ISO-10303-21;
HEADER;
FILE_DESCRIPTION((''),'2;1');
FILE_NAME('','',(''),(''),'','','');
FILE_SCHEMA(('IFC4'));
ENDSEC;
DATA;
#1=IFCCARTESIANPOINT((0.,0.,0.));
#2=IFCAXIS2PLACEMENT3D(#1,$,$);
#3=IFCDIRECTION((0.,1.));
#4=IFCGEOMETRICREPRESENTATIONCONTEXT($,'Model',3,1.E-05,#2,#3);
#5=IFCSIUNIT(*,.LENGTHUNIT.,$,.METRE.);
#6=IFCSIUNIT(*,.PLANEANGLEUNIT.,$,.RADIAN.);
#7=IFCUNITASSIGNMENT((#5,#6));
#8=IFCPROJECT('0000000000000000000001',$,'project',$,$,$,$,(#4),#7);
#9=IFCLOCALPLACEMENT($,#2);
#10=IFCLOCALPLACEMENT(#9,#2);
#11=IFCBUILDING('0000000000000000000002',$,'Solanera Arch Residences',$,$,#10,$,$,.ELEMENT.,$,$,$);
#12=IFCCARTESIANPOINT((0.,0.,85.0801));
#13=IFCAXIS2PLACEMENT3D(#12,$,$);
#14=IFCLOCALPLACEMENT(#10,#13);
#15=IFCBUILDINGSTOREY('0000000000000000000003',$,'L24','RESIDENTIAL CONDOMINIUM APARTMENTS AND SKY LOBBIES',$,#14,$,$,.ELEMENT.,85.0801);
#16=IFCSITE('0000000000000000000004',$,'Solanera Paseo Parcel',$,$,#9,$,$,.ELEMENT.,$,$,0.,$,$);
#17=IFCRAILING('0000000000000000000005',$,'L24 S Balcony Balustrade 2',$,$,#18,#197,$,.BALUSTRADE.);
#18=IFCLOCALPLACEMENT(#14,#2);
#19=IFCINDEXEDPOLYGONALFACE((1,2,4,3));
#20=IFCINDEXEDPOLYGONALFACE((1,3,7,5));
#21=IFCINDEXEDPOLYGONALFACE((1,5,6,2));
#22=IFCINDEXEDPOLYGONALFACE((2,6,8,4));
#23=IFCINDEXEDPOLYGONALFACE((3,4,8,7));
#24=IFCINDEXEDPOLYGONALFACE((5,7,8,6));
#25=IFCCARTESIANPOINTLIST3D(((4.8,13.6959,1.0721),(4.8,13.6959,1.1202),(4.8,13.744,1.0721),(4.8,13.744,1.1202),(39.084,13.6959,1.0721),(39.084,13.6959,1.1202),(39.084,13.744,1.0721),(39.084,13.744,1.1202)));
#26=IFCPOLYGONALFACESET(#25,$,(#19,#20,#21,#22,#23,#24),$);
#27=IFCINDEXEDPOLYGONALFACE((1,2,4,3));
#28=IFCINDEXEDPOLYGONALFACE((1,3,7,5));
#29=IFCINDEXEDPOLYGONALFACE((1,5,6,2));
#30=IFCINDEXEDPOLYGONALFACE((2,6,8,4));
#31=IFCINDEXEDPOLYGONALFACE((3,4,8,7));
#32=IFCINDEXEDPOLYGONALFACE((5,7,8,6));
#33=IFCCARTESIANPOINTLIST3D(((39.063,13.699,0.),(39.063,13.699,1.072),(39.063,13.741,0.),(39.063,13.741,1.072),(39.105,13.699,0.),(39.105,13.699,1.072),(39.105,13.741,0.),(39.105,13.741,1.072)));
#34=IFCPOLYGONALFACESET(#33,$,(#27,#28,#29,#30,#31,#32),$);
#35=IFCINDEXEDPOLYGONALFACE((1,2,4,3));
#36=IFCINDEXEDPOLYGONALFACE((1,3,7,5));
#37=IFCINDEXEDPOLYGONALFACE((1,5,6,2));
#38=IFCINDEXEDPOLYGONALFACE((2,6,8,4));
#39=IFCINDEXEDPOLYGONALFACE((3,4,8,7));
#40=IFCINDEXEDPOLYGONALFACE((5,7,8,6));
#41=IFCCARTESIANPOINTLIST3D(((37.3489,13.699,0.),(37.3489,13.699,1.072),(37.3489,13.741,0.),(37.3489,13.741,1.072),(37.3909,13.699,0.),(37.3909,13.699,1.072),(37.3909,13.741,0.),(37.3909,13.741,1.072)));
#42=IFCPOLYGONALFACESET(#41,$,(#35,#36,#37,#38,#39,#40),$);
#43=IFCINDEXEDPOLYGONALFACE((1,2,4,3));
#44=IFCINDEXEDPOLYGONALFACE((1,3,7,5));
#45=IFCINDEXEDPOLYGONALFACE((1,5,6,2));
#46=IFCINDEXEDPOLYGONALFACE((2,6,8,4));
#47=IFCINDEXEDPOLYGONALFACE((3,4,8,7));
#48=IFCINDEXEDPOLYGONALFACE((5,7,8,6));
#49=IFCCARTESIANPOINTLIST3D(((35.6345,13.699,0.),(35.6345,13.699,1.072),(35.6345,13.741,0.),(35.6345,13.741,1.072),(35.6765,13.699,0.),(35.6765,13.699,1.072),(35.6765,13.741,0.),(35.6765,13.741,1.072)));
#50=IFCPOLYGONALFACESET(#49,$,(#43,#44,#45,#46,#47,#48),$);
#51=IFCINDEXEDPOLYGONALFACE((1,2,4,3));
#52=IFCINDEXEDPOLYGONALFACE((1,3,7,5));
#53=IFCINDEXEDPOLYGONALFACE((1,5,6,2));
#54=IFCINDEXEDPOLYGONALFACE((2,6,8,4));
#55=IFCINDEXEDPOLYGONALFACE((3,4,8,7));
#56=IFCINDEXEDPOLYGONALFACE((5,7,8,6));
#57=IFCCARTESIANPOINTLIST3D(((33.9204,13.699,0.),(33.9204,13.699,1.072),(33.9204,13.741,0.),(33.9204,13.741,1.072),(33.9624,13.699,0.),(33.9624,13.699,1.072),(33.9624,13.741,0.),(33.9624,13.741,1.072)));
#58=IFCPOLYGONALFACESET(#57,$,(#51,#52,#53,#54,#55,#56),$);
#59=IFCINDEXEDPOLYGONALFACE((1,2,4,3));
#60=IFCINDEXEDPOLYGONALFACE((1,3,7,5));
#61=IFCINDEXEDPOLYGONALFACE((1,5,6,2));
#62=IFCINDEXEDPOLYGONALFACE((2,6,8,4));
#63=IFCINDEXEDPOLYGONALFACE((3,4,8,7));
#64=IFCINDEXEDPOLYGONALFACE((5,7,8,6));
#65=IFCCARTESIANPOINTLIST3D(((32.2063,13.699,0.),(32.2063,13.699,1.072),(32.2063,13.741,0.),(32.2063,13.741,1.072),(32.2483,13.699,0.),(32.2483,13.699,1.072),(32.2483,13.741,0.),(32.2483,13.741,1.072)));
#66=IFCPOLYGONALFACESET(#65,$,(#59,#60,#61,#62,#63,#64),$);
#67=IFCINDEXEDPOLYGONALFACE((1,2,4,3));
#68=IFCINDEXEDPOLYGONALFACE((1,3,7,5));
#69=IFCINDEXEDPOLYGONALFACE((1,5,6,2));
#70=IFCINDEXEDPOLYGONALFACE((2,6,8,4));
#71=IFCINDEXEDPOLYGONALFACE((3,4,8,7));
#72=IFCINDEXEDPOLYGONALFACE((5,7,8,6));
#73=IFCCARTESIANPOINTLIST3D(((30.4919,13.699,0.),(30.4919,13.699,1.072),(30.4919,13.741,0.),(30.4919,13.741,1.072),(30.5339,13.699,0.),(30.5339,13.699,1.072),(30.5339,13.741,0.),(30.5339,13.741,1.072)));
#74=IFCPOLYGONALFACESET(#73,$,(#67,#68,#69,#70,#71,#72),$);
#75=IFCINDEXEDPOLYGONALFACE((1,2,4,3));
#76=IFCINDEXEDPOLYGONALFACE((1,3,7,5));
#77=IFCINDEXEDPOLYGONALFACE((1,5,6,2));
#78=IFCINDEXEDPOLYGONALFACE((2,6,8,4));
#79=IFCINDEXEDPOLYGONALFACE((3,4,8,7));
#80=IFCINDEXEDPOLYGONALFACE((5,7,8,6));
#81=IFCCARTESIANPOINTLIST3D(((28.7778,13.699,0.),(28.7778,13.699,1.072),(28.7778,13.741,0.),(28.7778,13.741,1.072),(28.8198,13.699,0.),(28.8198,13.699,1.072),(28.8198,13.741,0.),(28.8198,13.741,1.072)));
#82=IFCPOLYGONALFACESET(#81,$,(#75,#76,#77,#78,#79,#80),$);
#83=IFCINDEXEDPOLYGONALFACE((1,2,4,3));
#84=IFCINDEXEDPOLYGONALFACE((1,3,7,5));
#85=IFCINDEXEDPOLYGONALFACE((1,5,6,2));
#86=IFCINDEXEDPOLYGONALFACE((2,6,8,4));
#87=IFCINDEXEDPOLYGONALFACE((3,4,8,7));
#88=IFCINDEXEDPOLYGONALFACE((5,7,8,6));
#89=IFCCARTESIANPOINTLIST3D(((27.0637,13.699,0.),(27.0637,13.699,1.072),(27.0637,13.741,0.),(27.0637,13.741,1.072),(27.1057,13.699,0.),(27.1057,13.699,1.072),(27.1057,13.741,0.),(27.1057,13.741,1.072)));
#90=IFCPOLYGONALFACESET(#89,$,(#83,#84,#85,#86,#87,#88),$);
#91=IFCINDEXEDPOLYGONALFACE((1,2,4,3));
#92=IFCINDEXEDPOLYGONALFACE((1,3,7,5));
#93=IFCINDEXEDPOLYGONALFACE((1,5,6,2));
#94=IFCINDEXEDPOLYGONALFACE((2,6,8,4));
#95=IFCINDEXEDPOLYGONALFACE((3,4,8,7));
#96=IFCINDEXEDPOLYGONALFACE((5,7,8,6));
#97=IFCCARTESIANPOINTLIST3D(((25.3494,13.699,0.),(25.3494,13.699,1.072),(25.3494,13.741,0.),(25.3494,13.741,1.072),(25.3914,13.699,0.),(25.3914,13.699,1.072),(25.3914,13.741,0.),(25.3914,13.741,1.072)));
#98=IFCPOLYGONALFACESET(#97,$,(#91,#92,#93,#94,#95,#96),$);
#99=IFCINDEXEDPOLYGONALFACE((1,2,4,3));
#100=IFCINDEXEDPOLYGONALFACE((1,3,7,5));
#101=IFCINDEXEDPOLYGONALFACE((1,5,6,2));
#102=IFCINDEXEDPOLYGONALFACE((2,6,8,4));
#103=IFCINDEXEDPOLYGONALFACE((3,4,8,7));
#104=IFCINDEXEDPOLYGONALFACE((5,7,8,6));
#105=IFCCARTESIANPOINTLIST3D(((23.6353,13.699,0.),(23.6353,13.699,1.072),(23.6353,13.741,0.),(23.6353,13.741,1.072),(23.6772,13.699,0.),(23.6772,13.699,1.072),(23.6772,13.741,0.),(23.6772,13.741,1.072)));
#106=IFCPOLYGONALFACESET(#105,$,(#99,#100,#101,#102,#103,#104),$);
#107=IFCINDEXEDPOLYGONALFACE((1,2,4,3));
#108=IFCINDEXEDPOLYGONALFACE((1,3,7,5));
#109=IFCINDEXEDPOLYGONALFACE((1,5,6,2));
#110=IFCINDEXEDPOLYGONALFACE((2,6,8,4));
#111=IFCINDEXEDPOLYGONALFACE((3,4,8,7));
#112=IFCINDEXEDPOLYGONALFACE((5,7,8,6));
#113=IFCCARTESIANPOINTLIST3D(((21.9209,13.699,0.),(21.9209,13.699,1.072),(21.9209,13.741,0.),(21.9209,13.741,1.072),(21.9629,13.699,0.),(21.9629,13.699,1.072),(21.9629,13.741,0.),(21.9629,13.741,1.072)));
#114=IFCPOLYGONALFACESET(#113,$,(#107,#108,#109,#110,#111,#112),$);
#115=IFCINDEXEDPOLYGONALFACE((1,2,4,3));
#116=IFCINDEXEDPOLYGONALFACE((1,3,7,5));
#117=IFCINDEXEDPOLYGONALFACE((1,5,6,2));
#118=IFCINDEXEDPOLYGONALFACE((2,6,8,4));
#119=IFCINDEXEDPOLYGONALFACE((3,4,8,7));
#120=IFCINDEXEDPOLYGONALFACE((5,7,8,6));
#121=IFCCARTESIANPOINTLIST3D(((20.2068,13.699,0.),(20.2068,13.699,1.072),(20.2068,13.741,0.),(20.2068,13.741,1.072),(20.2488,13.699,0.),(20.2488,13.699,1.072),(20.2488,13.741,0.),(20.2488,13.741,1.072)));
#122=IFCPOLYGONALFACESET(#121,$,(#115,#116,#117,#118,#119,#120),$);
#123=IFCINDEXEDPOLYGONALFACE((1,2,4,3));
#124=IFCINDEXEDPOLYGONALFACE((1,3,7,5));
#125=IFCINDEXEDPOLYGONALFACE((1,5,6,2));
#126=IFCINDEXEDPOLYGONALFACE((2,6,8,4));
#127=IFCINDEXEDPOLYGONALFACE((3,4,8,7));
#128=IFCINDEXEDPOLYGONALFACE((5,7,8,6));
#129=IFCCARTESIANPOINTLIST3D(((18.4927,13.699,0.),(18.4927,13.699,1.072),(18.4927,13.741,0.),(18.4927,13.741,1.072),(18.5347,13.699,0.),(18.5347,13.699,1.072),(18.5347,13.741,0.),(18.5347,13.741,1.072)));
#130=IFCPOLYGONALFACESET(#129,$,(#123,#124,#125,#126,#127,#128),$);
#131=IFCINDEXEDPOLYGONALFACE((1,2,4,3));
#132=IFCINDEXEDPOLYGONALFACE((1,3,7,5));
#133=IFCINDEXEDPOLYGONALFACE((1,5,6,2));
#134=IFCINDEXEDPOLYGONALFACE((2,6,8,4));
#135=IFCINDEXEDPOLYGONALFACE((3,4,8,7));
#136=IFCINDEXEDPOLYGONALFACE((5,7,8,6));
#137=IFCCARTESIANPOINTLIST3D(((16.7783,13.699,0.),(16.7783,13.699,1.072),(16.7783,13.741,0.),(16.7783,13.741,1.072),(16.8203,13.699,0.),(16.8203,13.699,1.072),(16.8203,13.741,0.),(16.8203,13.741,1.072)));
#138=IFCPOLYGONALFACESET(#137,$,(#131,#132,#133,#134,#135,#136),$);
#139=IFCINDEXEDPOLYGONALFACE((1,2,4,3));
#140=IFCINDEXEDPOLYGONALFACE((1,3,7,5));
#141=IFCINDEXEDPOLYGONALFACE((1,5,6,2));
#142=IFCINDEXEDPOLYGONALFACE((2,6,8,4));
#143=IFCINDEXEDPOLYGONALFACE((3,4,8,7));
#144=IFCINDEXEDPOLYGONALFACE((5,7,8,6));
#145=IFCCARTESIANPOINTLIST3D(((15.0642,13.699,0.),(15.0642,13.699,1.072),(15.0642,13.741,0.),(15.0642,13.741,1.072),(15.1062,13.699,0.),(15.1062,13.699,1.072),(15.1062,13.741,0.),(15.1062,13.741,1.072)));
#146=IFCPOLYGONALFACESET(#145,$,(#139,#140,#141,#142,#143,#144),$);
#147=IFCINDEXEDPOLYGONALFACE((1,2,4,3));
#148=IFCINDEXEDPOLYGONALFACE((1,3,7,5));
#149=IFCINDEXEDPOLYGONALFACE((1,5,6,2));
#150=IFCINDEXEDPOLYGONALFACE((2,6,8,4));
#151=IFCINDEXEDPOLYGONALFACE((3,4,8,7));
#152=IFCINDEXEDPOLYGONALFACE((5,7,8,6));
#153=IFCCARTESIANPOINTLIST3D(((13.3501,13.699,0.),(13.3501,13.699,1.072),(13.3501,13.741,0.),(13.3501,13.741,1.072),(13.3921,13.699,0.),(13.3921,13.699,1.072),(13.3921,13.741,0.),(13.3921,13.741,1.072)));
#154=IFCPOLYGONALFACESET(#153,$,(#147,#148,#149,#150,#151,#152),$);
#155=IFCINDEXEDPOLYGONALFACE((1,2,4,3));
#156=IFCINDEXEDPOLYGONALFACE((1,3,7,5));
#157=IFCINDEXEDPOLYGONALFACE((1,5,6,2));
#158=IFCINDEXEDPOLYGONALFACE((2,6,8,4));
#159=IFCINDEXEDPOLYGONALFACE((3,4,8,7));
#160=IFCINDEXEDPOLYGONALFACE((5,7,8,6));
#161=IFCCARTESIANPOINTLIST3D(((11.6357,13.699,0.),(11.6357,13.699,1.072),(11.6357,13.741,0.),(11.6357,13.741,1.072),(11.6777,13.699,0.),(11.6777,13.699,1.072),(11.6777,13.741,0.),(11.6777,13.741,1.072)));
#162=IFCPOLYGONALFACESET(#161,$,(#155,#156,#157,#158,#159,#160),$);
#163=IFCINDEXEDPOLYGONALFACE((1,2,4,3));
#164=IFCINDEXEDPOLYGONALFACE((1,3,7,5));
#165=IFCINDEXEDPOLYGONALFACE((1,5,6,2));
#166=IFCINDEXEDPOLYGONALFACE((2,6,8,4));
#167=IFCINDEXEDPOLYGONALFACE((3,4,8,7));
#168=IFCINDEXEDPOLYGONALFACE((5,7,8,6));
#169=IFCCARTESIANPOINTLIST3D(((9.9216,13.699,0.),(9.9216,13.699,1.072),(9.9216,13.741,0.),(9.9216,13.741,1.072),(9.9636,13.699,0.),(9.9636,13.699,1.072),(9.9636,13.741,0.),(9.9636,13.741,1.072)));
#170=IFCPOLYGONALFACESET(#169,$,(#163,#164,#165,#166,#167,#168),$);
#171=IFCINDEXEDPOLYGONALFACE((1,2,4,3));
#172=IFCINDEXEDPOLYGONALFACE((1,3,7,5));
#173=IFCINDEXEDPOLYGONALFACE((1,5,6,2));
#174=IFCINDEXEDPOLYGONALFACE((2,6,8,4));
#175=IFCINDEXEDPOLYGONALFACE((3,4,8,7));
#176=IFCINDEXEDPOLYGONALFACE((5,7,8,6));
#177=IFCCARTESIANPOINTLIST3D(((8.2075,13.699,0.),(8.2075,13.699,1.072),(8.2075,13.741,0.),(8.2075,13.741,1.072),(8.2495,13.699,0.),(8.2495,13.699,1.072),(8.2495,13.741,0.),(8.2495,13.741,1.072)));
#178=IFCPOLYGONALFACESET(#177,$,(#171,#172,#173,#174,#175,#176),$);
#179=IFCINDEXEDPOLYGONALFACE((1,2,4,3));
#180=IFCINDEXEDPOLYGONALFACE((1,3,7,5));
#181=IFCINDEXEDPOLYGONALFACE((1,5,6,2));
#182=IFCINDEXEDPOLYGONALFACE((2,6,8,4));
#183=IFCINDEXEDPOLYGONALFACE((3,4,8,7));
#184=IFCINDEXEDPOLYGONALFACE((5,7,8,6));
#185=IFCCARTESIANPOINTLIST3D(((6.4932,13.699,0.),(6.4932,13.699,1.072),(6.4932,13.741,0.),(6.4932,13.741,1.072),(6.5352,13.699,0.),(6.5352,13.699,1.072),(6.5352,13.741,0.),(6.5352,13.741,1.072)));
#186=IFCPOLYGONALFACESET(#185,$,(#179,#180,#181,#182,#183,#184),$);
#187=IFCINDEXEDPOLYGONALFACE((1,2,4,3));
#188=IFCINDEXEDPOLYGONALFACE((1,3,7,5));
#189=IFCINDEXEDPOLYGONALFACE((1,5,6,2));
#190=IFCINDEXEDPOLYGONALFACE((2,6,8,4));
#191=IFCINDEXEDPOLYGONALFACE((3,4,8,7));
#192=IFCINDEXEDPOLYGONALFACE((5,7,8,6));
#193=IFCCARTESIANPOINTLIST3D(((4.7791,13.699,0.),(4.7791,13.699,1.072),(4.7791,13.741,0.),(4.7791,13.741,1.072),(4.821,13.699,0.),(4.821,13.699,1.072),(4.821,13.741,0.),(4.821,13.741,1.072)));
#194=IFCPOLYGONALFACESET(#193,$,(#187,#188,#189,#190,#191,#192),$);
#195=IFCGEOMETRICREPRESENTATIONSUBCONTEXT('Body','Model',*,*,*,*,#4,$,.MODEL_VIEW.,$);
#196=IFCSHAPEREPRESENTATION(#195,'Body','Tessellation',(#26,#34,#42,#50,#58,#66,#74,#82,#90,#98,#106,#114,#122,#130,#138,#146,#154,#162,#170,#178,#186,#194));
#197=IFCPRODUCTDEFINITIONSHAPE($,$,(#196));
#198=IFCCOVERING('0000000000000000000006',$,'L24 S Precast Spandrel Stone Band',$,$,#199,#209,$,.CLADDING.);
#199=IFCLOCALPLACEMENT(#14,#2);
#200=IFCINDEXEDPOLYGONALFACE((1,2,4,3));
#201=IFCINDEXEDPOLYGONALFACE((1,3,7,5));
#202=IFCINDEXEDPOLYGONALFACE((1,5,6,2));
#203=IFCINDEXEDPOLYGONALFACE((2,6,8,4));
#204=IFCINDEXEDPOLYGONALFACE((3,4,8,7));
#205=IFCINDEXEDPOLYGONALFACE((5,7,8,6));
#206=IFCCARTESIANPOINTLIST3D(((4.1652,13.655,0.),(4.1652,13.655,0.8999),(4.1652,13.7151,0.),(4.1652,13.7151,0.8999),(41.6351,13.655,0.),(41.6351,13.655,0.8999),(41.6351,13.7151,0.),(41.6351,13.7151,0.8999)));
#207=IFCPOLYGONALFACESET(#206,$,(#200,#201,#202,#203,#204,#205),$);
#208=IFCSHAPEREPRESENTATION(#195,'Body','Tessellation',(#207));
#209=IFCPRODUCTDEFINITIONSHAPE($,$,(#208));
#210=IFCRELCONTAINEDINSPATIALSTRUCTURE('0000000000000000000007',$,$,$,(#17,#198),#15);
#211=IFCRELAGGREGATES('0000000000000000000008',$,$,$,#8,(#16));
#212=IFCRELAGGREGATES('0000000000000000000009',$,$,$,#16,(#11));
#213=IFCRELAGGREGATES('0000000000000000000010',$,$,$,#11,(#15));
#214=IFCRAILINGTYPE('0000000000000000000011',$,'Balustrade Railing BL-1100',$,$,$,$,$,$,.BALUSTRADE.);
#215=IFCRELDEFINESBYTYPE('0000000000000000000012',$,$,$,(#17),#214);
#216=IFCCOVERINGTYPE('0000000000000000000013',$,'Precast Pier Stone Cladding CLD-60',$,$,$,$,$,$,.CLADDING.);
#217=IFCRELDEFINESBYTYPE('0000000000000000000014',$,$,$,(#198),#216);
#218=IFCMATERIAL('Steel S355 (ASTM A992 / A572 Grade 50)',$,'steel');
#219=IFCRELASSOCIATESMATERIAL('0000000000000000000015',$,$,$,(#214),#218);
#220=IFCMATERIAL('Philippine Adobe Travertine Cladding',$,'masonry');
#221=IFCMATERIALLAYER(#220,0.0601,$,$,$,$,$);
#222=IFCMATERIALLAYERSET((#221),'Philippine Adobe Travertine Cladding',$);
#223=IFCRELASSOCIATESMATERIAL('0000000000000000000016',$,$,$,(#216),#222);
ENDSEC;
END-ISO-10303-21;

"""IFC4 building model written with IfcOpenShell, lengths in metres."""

from ifc_helpers import new_model, si_unit, direction, frame, frame_2d, origin, origin_2d, place, context, subcontext, project, spatial, rectangle, extrude, material, layer, layer_set, type_object, element, save


model = new_model("IFC4")

# Units and contexts
model_context = context("Model", 3, precision=1e-05, world=origin(), true_north=direction((0.0, 1.0)))
body_context = subcontext(model_context, "Body", "Model", "MODEL_VIEW")
ifc_project = project(units=[si_unit("LENGTHUNIT", "METRE"), si_unit("PLANEANGLEUNIT", "RADIAN")], contexts=[model_context])

# Site, building, storey
site_placement = place(None, origin())
site = spatial("IfcSite", under=ifc_project, at=site_placement, Name="Solanera Paseo Parcel", CompositionType="ELEMENT", RefElevation=0.0)
building_placement = place(site_placement, origin())
building = spatial("IfcBuilding", under=site, at=building_placement, Name="Solanera Arch Residences", CompositionType="ELEMENT")
storey_placement = place(building_placement, frame((0.0, 0.0, 85.0801)))
storey = spatial("IfcBuildingStorey", under=building, at=storey_placement, Name="L24", Description="RESIDENTIAL CONDOMINIUM APARTMENTS AND SKY LOBBIES", CompositionType="ELEMENT", Elevation=85.0801)

# Railing
ifc_material_1 = material(Name="Steel S355 (ASTM A992 / A572 Grade 50)", Category="steel")
railing_type = type_object("IfcRailingType", Name="Balustrade Railing BL-1100", PredefinedType="BALUSTRADE", material=ifc_material_1)
railing_1_placement = place(storey_placement, frame((39.084, 13.72, 0.0)))
element("IfcRailing", 1, at=railing_1_placement, inside=storey, type_object=railing_type, Name="L24 S Balcony Balustrade 2", PredefinedType="BALUSTRADE", context=body_context, shape_type="SweptSolid", body=[
    extrude(rectangle(XDim=0.0481, YDim=0.0481, at=origin_2d()), frame((0.0, 0.0, 1.0962), z_axis=(-1.0, 0.0, 0.0), x_axis=(0.0, -1.0, 0.0)), (0.0, 0.0, 1.0), 34.2839),
    extrude(rectangle(XDim=0.042, YDim=0.042, at=origin_2d()), origin(), (0.0, 0.0, 1.0), 1.072),
    extrude(rectangle(XDim=0.042, YDim=0.042, at=origin_2d()), frame((-1.7141, 0.0, 0.0)), (0.0, 0.0, 1.0), 1.072),
    extrude(rectangle(XDim=0.042, YDim=0.042, at=origin_2d()), frame((-3.4285, 0.0, 0.0)), (0.0, 0.0, 1.0), 1.072),
    extrude(rectangle(XDim=0.042, YDim=0.042, at=origin_2d()), frame((-5.1426, 0.0, 0.0)), (0.0, 0.0, 1.0), 1.072),
    extrude(rectangle(XDim=0.042, YDim=0.042, at=origin_2d()), frame((-6.8567, 0.0, 0.0)), (0.0, 0.0, 1.0), 1.072),
    extrude(rectangle(XDim=0.042, YDim=0.042, at=origin_2d()), frame((-8.571, 0.0, 0.0)), (0.0, 0.0, 1.0), 1.072),
    extrude(rectangle(XDim=0.042, YDim=0.042, at=origin_2d()), frame((-10.2852, 0.0, 0.0)), (0.0, 0.0, 1.0), 1.072),
    extrude(rectangle(XDim=0.042, YDim=0.042, at=origin_2d()), frame((-11.9993, 0.0, 0.0)), (0.0, 0.0, 1.0), 1.072),
    extrude(rectangle(XDim=0.042, YDim=0.042, at=origin_2d()), frame((-13.7136, 0.0, 0.0)), (0.0, 0.0, 1.0), 1.072),
    extrude(rectangle(XDim=0.042, YDim=0.042, at=origin_2d()), frame((-15.4277, 0.0, 0.0)), (0.0, 0.0, 1.0), 1.072),
    extrude(rectangle(XDim=0.042, YDim=0.042, at=origin_2d()), frame((-17.1421, 0.0, 0.0)), (0.0, 0.0, 1.0), 1.072),
    extrude(rectangle(XDim=0.042, YDim=0.042, at=origin_2d()), frame((-18.8562, 0.0, 0.0)), (0.0, 0.0, 1.0), 1.072),
    extrude(rectangle(XDim=0.042, YDim=0.042, at=origin_2d()), frame((-20.5703, 0.0, 0.0)), (0.0, 0.0, 1.0), 1.072),
    extrude(rectangle(XDim=0.042, YDim=0.042, at=origin_2d()), frame((-22.2847, 0.0, 0.0)), (0.0, 0.0, 1.0), 1.072),
    extrude(rectangle(XDim=0.042, YDim=0.042, at=origin_2d()), frame((-23.9988, 0.0, 0.0)), (0.0, 0.0, 1.0), 1.072),
    extrude(rectangle(XDim=0.042, YDim=0.042, at=origin_2d()), frame((-25.7129, 0.0, 0.0)), (0.0, 0.0, 1.0), 1.072),
    extrude(rectangle(XDim=0.042, YDim=0.042, at=origin_2d()), frame((-27.4272, 0.0, 0.0)), (0.0, 0.0, 1.0), 1.072),
    extrude(rectangle(XDim=0.042, YDim=0.042, at=origin_2d()), frame((-29.1414, 0.0, 0.0)), (0.0, 0.0, 1.0), 1.072),
    extrude(rectangle(XDim=0.042, YDim=0.042, at=origin_2d()), frame((-30.8555, 0.0, 0.0)), (0.0, 0.0, 1.0), 1.072),
    extrude(rectangle(XDim=0.042, YDim=0.042, at=origin_2d()), frame((-32.5698, 0.0, 0.0)), (0.0, 0.0, 1.0), 1.072),
    extrude(rectangle(XDim=0.042, YDim=0.042, at=origin_2d()), frame((-34.2839, 0.0, 0.0)), (0.0, 0.0, 1.0), 1.072),
])

# Covering
ifc_material_2 = material(Name="Philippine Adobe Travertine Cladding", Category="masonry")
ifc_layer_1 = layer(ifc_material_2, 0.0601)
ifc_layer_set_1 = layer_set([ifc_layer_1], Name="Philippine Adobe Travertine Cladding")
covering_type = type_object("IfcCoveringType", Name="Precast Pier Stone Cladding CLD-60", PredefinedType="CLADDING", material=ifc_layer_set_1)
covering_placement = place(storey_placement, frame((41.635, 13.6851, 0.0), z_axis=(0.0, 0.0, 1.0), x_axis=(-1.0, 0.0, 0.0)))
element("IfcCovering", 2, at=covering_placement, inside=storey, type_object=covering_type, Name="L24 S Precast Spandrel Stone Band", PredefinedType="CLADDING", context=body_context, shape_type="SweptSolid", body=[
    extrude(rectangle(XDim=37.47, YDim=0.0601, at=frame_2d((18.7349, 0.0))), origin(), (0.0, 0.0, 1.0), 0.8999),
])

save(model, "model.ifc")
